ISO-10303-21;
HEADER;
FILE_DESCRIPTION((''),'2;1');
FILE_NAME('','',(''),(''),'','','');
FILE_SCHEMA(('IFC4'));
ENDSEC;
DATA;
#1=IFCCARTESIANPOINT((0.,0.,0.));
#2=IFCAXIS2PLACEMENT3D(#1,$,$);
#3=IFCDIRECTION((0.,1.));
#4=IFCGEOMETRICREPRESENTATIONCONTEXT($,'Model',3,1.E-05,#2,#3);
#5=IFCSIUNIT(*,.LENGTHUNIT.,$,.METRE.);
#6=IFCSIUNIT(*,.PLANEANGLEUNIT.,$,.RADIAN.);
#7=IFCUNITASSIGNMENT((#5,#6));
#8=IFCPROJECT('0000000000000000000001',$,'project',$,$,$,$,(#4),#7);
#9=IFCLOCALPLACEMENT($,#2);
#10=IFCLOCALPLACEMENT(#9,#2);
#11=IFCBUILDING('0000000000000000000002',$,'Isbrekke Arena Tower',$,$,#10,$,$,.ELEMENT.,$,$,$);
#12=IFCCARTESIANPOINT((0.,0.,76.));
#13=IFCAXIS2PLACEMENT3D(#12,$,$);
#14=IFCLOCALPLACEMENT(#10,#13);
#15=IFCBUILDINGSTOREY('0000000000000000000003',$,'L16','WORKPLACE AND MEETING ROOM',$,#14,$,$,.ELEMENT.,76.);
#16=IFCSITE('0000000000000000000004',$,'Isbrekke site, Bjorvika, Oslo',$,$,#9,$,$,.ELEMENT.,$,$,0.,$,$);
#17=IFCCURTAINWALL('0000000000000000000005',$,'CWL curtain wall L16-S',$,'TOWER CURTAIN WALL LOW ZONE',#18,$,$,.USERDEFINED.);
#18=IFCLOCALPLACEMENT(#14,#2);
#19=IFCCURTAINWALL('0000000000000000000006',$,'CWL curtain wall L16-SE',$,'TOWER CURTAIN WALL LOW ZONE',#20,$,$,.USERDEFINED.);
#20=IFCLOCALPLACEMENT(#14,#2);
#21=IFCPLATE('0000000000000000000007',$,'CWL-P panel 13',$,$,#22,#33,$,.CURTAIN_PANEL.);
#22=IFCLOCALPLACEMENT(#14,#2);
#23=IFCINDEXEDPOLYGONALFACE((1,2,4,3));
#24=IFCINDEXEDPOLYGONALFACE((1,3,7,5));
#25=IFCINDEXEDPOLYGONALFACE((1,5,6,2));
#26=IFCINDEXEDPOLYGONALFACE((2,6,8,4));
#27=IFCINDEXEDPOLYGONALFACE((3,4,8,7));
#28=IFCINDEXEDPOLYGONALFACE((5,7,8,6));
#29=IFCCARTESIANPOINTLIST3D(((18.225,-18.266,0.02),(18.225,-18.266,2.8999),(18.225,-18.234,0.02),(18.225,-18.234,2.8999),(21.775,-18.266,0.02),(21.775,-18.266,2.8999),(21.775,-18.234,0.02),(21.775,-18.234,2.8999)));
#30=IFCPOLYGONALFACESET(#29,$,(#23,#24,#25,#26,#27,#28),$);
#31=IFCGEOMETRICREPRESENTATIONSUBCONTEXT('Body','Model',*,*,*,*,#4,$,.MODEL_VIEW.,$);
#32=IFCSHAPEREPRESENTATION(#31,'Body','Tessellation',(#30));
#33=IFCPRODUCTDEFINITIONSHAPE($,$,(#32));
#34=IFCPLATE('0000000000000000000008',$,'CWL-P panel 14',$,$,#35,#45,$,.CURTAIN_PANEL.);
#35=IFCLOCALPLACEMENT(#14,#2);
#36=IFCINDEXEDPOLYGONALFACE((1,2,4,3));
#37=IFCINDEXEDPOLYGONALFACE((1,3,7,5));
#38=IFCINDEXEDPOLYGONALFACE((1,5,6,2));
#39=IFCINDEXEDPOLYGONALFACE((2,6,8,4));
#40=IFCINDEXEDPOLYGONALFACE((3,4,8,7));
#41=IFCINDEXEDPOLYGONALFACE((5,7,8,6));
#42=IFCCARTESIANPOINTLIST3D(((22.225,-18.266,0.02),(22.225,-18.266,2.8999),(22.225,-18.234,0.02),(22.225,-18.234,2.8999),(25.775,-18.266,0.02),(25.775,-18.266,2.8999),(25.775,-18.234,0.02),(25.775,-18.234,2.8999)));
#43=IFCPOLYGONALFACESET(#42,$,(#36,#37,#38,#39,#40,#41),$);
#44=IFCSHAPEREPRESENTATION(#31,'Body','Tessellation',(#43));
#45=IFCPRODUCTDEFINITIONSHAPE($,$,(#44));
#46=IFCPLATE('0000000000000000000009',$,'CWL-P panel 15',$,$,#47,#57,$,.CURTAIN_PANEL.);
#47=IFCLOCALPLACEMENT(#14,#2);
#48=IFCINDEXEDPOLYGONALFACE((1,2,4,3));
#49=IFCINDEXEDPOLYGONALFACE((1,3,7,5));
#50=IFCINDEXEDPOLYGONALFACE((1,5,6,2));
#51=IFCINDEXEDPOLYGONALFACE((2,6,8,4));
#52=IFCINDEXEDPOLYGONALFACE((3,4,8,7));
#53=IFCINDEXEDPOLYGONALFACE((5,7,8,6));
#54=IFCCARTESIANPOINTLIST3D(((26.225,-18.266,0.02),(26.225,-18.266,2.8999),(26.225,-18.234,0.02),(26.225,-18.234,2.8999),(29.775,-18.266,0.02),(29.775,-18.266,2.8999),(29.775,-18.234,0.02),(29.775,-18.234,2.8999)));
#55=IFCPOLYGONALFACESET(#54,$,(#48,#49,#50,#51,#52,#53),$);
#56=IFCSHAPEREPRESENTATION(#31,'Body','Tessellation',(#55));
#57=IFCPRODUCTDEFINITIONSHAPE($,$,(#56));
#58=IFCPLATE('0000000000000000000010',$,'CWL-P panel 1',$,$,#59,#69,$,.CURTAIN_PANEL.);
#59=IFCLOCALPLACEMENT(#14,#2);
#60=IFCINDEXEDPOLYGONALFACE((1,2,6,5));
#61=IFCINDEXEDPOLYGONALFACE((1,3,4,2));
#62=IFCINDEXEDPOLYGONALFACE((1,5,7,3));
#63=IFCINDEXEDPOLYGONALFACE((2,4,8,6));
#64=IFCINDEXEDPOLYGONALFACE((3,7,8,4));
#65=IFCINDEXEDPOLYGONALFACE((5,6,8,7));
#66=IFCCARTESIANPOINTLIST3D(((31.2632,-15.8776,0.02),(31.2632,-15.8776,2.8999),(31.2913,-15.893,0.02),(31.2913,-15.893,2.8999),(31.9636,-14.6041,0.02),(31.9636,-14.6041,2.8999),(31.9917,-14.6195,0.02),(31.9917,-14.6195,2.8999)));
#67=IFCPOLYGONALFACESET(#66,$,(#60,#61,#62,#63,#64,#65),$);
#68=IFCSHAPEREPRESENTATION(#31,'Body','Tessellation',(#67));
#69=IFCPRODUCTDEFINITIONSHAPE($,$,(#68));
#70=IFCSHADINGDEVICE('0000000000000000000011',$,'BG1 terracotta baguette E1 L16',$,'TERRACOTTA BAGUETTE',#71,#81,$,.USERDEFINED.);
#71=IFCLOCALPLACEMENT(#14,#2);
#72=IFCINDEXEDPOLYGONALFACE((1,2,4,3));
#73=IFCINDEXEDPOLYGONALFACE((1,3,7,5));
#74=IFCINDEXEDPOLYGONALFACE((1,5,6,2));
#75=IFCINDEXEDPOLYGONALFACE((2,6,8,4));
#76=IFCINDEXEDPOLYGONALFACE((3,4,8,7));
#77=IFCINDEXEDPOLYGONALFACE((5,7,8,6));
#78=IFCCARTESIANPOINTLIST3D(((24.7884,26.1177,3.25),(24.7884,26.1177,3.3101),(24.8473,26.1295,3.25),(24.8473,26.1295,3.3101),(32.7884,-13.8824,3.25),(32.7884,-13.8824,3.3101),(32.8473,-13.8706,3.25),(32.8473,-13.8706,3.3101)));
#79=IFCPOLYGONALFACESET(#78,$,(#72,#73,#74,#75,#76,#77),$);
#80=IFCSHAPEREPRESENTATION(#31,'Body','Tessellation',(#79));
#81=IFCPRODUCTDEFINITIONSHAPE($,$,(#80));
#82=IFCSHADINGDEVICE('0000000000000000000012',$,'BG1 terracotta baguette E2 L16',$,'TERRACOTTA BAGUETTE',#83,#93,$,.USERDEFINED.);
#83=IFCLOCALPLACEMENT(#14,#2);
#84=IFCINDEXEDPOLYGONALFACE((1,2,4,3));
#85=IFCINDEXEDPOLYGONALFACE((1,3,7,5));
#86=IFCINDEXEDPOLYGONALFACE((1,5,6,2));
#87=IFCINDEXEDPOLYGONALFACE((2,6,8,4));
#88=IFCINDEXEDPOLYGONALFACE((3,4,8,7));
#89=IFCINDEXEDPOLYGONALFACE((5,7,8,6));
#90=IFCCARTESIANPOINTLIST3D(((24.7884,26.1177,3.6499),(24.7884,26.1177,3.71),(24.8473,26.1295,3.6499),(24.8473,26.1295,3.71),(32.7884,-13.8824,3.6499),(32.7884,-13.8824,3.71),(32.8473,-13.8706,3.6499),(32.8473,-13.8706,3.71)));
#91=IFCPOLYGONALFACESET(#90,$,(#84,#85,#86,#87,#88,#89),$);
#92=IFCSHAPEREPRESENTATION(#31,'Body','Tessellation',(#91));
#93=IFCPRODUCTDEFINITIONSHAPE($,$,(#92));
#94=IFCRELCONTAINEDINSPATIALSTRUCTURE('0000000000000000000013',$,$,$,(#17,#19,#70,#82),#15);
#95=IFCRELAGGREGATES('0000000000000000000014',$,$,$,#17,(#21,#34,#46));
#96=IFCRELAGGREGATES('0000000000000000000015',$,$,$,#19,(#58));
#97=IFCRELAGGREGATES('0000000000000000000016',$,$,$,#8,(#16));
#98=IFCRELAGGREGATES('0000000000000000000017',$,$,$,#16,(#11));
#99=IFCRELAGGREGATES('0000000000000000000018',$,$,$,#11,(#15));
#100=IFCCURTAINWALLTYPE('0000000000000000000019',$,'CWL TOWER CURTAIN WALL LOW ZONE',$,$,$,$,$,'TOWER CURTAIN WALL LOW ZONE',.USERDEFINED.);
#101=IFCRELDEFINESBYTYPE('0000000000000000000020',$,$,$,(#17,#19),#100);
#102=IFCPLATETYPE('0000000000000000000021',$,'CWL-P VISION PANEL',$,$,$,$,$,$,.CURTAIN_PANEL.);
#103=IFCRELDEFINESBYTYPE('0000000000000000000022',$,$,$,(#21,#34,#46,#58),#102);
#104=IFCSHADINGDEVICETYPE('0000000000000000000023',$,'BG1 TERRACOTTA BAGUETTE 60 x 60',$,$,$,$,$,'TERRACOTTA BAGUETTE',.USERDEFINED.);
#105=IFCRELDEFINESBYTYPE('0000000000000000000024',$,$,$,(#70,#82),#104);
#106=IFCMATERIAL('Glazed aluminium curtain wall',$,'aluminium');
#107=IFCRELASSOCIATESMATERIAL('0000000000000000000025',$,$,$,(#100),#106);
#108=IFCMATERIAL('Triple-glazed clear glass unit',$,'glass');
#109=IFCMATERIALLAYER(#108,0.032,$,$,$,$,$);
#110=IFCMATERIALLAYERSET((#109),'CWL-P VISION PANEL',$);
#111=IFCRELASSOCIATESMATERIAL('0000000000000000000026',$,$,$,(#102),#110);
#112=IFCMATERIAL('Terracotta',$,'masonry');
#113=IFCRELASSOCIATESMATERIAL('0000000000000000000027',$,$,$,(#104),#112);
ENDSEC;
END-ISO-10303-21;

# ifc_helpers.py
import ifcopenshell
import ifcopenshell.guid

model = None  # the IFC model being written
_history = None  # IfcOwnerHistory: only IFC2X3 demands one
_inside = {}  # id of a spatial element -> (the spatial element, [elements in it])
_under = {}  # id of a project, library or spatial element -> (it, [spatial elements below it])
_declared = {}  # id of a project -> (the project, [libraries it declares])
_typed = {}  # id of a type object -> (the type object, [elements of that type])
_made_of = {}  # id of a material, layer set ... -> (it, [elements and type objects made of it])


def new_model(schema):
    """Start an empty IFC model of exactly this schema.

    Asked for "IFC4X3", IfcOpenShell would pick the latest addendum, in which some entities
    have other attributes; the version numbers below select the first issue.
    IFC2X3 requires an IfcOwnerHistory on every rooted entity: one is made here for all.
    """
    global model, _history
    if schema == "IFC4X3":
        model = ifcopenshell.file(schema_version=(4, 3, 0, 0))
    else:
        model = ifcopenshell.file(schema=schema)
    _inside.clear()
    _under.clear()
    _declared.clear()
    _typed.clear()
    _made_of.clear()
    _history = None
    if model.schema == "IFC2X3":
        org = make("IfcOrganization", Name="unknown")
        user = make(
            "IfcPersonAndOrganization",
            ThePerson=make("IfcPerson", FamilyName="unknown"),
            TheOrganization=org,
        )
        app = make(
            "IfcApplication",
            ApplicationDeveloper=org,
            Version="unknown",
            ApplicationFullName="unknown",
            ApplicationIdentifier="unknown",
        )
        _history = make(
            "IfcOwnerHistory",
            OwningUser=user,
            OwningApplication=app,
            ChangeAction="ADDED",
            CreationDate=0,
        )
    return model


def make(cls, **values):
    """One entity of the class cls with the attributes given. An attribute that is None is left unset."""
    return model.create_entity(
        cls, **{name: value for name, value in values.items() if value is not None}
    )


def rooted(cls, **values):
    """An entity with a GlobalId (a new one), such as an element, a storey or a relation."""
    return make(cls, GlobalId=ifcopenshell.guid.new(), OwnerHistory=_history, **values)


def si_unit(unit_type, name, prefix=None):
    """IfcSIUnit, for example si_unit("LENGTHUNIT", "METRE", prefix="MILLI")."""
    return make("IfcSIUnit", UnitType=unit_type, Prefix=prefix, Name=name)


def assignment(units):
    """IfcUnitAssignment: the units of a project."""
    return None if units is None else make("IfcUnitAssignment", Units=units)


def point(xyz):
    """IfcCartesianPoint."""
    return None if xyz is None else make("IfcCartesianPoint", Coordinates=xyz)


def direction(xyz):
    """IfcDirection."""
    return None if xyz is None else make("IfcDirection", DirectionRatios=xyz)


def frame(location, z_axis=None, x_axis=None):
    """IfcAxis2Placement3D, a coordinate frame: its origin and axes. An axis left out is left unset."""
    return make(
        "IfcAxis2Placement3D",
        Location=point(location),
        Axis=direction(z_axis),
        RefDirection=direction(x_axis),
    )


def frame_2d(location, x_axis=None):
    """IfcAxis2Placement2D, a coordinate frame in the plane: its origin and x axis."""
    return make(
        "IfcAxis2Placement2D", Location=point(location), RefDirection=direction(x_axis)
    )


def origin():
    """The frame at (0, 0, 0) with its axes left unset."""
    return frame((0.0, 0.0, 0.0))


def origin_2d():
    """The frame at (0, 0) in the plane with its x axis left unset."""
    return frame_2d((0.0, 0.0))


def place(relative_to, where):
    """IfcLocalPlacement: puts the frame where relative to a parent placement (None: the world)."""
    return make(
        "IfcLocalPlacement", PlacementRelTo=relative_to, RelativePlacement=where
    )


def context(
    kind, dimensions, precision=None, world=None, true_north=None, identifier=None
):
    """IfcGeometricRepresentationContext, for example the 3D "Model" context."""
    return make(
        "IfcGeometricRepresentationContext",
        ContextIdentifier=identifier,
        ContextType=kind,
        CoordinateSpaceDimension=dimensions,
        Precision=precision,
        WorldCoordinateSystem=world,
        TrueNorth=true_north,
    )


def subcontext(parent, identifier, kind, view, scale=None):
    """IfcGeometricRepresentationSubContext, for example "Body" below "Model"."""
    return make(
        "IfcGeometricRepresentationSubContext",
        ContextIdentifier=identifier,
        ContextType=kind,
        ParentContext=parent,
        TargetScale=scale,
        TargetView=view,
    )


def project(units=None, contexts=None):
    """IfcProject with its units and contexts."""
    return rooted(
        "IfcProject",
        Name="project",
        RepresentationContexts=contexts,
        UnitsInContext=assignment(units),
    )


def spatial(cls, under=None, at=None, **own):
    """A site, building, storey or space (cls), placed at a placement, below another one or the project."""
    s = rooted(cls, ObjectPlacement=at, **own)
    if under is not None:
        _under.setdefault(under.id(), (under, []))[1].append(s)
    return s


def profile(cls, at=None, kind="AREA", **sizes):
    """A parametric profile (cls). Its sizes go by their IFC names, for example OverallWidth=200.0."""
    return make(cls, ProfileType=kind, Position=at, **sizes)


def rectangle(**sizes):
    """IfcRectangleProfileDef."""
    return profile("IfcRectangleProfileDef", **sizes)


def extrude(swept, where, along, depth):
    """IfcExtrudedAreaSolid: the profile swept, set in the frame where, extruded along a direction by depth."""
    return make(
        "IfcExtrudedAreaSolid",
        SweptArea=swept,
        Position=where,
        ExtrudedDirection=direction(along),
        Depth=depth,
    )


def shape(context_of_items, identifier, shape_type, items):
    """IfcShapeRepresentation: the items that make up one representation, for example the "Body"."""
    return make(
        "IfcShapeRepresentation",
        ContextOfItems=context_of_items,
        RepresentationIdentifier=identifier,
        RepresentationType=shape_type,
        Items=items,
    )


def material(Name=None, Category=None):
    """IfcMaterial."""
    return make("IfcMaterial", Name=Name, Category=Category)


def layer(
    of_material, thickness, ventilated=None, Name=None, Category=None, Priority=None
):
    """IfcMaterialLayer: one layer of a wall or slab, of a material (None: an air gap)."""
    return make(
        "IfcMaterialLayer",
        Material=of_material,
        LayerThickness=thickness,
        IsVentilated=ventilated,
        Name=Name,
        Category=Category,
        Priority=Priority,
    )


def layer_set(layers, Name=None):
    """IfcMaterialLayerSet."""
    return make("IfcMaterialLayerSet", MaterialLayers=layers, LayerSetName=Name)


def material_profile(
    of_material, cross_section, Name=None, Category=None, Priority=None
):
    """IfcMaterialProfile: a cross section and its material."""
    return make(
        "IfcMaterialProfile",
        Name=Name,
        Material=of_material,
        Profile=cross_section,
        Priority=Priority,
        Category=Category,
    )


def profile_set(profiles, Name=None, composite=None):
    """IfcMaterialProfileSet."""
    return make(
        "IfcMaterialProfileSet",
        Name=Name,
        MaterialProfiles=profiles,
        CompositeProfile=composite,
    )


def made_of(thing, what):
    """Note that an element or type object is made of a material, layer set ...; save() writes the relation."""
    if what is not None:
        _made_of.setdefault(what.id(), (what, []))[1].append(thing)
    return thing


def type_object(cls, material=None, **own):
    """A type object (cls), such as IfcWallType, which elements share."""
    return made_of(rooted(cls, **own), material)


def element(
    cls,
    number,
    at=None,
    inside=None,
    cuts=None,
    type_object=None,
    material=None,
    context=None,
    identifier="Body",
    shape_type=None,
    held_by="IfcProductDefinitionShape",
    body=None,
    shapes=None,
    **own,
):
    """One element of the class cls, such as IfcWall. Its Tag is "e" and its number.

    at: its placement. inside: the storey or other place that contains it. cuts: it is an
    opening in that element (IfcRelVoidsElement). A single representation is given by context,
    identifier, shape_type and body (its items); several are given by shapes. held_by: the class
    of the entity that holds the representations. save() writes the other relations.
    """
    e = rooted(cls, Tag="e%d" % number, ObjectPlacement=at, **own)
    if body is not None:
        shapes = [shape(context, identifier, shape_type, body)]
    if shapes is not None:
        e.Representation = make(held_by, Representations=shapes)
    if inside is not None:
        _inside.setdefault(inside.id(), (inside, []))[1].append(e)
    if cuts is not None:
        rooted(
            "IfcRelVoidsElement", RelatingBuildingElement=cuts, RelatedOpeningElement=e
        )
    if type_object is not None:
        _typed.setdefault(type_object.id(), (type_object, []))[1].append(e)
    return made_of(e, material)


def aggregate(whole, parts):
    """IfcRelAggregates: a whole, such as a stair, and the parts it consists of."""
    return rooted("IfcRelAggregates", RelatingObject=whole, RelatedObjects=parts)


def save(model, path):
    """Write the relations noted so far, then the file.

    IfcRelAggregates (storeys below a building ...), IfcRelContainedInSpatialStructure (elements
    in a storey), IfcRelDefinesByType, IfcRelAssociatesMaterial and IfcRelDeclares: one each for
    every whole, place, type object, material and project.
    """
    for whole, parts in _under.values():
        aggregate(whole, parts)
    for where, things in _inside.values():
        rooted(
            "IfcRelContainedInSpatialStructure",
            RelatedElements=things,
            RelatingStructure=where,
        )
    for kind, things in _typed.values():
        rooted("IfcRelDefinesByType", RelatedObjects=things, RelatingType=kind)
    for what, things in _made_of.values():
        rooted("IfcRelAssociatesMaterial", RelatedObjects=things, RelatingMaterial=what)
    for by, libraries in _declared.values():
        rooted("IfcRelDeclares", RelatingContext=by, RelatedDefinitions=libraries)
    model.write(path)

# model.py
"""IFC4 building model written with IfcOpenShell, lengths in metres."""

from ifc_helpers import new_model, si_unit, direction, frame, origin, origin_2d, place, context, subcontext, project, spatial, rectangle, extrude, material, layer, layer_set, material_profile, profile_set, type_object, element, aggregate, save


model = new_model("IFC4")

# Units and contexts
model_context = context("Model", 3, precision=1e-05, world=origin(), true_north=direction((0.0, 1.0)))
body_context = subcontext(model_context, "Body", "Model", "MODEL_VIEW")
ifc_project = project(units=[si_unit("LENGTHUNIT", "METRE"), si_unit("PLANEANGLEUNIT", "RADIAN")], contexts=[model_context])

# Site, building, storey
site_placement = place(None, origin())
site = spatial("IfcSite", under=ifc_project, at=site_placement, Name="Isbrekke site, Bjorvika, Oslo", CompositionType="ELEMENT", RefElevation=0.0)
building_placement = place(site_placement, origin())
building = spatial("IfcBuilding", under=site, at=building_placement, Name="Isbrekke Arena Tower", CompositionType="ELEMENT")
storey_placement = place(building_placement, frame((0.0, 0.0, 76.0)))
storey = spatial("IfcBuildingStorey", under=building, at=storey_placement, Name="L16", Description="WORKPLACE AND MEETING ROOM", CompositionType="ELEMENT", Elevation=76.0)

# Curtain walls
ifc_material_1 = material(Name="Glazed aluminium curtain wall", Category="aluminium")
curtain_wall_type = type_object("IfcCurtainWallType", Name="CWL TOWER CURTAIN WALL LOW ZONE", ElementType="TOWER CURTAIN WALL LOW ZONE", PredefinedType="USERDEFINED", material=ifc_material_1)
curtain_wall_1_placement = place(storey_placement, origin())
curtain_wall_1 = element("IfcCurtainWall", 1, at=curtain_wall_1_placement, inside=storey, type_object=curtain_wall_type, Name="CWL curtain wall L16-S", ObjectType="TOWER CURTAIN WALL LOW ZONE", PredefinedType="USERDEFINED")
curtain_wall_2_placement = place(storey_placement, origin())
curtain_wall_2 = element("IfcCurtainWall", 2, at=curtain_wall_2_placement, inside=storey, type_object=curtain_wall_type, Name="CWL curtain wall L16-SE", ObjectType="TOWER CURTAIN WALL LOW ZONE", PredefinedType="USERDEFINED")

# Plates
ifc_material_2 = material(Name="Triple-glazed clear glass unit", Category="glass")
ifc_layer = layer(ifc_material_2, 0.032)
ifc_layer_set = layer_set([ifc_layer], Name="CWL-P VISION PANEL")
plate_type = type_object("IfcPlateType", Name="CWL-P VISION PANEL", PredefinedType="CURTAIN_PANEL", material=ifc_layer_set)
plate_1_placement = place(storey_placement, frame((20.0, -18.25, 0.02), z_axis=(0.0, 0.0, 1.0), x_axis=(1.0, 0.0, 0.0)))
plate_1 = element("IfcPlate", 3, at=plate_1_placement, type_object=plate_type, Name="CWL-P panel 13", PredefinedType="CURTAIN_PANEL", context=body_context, shape_type="SweptSolid", body=[
    extrude(rectangle(XDim=3.55, YDim=0.032, at=origin_2d()), origin(), (0.0, 0.0, 1.0), 2.8799),
])
plate_2_placement = place(storey_placement, frame((24.0, -18.25, 0.02), z_axis=(0.0, 0.0, 1.0), x_axis=(1.0, 0.0, 0.0)))
plate_2 = element("IfcPlate", 4, at=plate_2_placement, type_object=plate_type, Name="CWL-P panel 14", PredefinedType="CURTAIN_PANEL", context=body_context, shape_type="SweptSolid", body=[
    extrude(rectangle(XDim=3.55, YDim=0.032, at=origin_2d()), origin(), (0.0, 0.0, 1.0), 2.8799),
])
plate_3_placement = place(storey_placement, frame((28.0, -18.25, 0.02), z_axis=(0.0, 0.0, 1.0), x_axis=(1.0, 0.0, 0.0)))
plate_3 = element("IfcPlate", 5, at=plate_3_placement, type_object=plate_type, Name="CWL-P panel 15", PredefinedType="CURTAIN_PANEL", context=body_context, shape_type="SweptSolid", body=[
    extrude(rectangle(XDim=3.55, YDim=0.032, at=origin_2d()), origin(), (0.0, 0.0, 1.0), 2.8799),
])
aggregate(curtain_wall_1, [plate_1, plate_2, plate_3])
plate_4_placement = place(storey_placement, frame((31.6274, -15.2485, 0.02), z_axis=(0.0, 0.0, 1.0), x_axis=(0.481919, 0.876216, 0.0)))
plate_4 = element("IfcPlate", 6, at=plate_4_placement, type_object=plate_type, Name="CWL-P panel 1", PredefinedType="CURTAIN_PANEL", context=body_context, shape_type="SweptSolid", body=[
    extrude(rectangle(XDim=1.4534, YDim=0.032, at=origin_2d()), origin(), (0.0, 0.0, 1.0), 2.8799),
])
aggregate(curtain_wall_2, [plate_4])

# Shading devices
ifc_material_3 = material(Name="Terracotta", Category="masonry")
ifc_material_profile_1 = material_profile(ifc_material_3, rectangle(XDim=0.0601, YDim=0.0601, at=origin_2d()), Name="BAGUETTE 60X60")
ifc_profile_set_1 = profile_set([ifc_material_profile_1], Name="Terracotta")
shading_device_type = type_object("IfcShadingDeviceType", Name="BG1 TERRACOTTA BAGUETTE 60 x 60", ElementType="TERRACOTTA BAGUETTE", PredefinedType="USERDEFINED", material=ifc_profile_set_1)
for number, where, z_axis, x_axis, name in (
    (7, (32.8179, -13.8765, 3.28), (-0.196116, 0.980581, 0.0), (-0.980581, -0.196116, 0.0), "BG1 terracotta baguette E1 L16"),
    (8, (32.8179, -13.8765, 3.6799), (-0.196116, 0.980581, 0.0), (-0.980581, -0.196116, 0.0), "BG1 terracotta baguette E2 L16"),
):
    element("IfcShadingDevice", number, at=place(storey_placement, frame(where, z_axis=z_axis, x_axis=x_axis)), inside=storey, type_object=shading_device_type, Name=name, ObjectType="TERRACOTTA BAGUETTE", PredefinedType="USERDEFINED", context=body_context, shape_type="SweptSolid", body=[
        extrude(rectangle(XDim=0.0601, YDim=0.0601, at=origin_2d()), origin(), (0.0, 0.0, 1.0), 40.7922),
    ])

save(model, "model.ifc")
